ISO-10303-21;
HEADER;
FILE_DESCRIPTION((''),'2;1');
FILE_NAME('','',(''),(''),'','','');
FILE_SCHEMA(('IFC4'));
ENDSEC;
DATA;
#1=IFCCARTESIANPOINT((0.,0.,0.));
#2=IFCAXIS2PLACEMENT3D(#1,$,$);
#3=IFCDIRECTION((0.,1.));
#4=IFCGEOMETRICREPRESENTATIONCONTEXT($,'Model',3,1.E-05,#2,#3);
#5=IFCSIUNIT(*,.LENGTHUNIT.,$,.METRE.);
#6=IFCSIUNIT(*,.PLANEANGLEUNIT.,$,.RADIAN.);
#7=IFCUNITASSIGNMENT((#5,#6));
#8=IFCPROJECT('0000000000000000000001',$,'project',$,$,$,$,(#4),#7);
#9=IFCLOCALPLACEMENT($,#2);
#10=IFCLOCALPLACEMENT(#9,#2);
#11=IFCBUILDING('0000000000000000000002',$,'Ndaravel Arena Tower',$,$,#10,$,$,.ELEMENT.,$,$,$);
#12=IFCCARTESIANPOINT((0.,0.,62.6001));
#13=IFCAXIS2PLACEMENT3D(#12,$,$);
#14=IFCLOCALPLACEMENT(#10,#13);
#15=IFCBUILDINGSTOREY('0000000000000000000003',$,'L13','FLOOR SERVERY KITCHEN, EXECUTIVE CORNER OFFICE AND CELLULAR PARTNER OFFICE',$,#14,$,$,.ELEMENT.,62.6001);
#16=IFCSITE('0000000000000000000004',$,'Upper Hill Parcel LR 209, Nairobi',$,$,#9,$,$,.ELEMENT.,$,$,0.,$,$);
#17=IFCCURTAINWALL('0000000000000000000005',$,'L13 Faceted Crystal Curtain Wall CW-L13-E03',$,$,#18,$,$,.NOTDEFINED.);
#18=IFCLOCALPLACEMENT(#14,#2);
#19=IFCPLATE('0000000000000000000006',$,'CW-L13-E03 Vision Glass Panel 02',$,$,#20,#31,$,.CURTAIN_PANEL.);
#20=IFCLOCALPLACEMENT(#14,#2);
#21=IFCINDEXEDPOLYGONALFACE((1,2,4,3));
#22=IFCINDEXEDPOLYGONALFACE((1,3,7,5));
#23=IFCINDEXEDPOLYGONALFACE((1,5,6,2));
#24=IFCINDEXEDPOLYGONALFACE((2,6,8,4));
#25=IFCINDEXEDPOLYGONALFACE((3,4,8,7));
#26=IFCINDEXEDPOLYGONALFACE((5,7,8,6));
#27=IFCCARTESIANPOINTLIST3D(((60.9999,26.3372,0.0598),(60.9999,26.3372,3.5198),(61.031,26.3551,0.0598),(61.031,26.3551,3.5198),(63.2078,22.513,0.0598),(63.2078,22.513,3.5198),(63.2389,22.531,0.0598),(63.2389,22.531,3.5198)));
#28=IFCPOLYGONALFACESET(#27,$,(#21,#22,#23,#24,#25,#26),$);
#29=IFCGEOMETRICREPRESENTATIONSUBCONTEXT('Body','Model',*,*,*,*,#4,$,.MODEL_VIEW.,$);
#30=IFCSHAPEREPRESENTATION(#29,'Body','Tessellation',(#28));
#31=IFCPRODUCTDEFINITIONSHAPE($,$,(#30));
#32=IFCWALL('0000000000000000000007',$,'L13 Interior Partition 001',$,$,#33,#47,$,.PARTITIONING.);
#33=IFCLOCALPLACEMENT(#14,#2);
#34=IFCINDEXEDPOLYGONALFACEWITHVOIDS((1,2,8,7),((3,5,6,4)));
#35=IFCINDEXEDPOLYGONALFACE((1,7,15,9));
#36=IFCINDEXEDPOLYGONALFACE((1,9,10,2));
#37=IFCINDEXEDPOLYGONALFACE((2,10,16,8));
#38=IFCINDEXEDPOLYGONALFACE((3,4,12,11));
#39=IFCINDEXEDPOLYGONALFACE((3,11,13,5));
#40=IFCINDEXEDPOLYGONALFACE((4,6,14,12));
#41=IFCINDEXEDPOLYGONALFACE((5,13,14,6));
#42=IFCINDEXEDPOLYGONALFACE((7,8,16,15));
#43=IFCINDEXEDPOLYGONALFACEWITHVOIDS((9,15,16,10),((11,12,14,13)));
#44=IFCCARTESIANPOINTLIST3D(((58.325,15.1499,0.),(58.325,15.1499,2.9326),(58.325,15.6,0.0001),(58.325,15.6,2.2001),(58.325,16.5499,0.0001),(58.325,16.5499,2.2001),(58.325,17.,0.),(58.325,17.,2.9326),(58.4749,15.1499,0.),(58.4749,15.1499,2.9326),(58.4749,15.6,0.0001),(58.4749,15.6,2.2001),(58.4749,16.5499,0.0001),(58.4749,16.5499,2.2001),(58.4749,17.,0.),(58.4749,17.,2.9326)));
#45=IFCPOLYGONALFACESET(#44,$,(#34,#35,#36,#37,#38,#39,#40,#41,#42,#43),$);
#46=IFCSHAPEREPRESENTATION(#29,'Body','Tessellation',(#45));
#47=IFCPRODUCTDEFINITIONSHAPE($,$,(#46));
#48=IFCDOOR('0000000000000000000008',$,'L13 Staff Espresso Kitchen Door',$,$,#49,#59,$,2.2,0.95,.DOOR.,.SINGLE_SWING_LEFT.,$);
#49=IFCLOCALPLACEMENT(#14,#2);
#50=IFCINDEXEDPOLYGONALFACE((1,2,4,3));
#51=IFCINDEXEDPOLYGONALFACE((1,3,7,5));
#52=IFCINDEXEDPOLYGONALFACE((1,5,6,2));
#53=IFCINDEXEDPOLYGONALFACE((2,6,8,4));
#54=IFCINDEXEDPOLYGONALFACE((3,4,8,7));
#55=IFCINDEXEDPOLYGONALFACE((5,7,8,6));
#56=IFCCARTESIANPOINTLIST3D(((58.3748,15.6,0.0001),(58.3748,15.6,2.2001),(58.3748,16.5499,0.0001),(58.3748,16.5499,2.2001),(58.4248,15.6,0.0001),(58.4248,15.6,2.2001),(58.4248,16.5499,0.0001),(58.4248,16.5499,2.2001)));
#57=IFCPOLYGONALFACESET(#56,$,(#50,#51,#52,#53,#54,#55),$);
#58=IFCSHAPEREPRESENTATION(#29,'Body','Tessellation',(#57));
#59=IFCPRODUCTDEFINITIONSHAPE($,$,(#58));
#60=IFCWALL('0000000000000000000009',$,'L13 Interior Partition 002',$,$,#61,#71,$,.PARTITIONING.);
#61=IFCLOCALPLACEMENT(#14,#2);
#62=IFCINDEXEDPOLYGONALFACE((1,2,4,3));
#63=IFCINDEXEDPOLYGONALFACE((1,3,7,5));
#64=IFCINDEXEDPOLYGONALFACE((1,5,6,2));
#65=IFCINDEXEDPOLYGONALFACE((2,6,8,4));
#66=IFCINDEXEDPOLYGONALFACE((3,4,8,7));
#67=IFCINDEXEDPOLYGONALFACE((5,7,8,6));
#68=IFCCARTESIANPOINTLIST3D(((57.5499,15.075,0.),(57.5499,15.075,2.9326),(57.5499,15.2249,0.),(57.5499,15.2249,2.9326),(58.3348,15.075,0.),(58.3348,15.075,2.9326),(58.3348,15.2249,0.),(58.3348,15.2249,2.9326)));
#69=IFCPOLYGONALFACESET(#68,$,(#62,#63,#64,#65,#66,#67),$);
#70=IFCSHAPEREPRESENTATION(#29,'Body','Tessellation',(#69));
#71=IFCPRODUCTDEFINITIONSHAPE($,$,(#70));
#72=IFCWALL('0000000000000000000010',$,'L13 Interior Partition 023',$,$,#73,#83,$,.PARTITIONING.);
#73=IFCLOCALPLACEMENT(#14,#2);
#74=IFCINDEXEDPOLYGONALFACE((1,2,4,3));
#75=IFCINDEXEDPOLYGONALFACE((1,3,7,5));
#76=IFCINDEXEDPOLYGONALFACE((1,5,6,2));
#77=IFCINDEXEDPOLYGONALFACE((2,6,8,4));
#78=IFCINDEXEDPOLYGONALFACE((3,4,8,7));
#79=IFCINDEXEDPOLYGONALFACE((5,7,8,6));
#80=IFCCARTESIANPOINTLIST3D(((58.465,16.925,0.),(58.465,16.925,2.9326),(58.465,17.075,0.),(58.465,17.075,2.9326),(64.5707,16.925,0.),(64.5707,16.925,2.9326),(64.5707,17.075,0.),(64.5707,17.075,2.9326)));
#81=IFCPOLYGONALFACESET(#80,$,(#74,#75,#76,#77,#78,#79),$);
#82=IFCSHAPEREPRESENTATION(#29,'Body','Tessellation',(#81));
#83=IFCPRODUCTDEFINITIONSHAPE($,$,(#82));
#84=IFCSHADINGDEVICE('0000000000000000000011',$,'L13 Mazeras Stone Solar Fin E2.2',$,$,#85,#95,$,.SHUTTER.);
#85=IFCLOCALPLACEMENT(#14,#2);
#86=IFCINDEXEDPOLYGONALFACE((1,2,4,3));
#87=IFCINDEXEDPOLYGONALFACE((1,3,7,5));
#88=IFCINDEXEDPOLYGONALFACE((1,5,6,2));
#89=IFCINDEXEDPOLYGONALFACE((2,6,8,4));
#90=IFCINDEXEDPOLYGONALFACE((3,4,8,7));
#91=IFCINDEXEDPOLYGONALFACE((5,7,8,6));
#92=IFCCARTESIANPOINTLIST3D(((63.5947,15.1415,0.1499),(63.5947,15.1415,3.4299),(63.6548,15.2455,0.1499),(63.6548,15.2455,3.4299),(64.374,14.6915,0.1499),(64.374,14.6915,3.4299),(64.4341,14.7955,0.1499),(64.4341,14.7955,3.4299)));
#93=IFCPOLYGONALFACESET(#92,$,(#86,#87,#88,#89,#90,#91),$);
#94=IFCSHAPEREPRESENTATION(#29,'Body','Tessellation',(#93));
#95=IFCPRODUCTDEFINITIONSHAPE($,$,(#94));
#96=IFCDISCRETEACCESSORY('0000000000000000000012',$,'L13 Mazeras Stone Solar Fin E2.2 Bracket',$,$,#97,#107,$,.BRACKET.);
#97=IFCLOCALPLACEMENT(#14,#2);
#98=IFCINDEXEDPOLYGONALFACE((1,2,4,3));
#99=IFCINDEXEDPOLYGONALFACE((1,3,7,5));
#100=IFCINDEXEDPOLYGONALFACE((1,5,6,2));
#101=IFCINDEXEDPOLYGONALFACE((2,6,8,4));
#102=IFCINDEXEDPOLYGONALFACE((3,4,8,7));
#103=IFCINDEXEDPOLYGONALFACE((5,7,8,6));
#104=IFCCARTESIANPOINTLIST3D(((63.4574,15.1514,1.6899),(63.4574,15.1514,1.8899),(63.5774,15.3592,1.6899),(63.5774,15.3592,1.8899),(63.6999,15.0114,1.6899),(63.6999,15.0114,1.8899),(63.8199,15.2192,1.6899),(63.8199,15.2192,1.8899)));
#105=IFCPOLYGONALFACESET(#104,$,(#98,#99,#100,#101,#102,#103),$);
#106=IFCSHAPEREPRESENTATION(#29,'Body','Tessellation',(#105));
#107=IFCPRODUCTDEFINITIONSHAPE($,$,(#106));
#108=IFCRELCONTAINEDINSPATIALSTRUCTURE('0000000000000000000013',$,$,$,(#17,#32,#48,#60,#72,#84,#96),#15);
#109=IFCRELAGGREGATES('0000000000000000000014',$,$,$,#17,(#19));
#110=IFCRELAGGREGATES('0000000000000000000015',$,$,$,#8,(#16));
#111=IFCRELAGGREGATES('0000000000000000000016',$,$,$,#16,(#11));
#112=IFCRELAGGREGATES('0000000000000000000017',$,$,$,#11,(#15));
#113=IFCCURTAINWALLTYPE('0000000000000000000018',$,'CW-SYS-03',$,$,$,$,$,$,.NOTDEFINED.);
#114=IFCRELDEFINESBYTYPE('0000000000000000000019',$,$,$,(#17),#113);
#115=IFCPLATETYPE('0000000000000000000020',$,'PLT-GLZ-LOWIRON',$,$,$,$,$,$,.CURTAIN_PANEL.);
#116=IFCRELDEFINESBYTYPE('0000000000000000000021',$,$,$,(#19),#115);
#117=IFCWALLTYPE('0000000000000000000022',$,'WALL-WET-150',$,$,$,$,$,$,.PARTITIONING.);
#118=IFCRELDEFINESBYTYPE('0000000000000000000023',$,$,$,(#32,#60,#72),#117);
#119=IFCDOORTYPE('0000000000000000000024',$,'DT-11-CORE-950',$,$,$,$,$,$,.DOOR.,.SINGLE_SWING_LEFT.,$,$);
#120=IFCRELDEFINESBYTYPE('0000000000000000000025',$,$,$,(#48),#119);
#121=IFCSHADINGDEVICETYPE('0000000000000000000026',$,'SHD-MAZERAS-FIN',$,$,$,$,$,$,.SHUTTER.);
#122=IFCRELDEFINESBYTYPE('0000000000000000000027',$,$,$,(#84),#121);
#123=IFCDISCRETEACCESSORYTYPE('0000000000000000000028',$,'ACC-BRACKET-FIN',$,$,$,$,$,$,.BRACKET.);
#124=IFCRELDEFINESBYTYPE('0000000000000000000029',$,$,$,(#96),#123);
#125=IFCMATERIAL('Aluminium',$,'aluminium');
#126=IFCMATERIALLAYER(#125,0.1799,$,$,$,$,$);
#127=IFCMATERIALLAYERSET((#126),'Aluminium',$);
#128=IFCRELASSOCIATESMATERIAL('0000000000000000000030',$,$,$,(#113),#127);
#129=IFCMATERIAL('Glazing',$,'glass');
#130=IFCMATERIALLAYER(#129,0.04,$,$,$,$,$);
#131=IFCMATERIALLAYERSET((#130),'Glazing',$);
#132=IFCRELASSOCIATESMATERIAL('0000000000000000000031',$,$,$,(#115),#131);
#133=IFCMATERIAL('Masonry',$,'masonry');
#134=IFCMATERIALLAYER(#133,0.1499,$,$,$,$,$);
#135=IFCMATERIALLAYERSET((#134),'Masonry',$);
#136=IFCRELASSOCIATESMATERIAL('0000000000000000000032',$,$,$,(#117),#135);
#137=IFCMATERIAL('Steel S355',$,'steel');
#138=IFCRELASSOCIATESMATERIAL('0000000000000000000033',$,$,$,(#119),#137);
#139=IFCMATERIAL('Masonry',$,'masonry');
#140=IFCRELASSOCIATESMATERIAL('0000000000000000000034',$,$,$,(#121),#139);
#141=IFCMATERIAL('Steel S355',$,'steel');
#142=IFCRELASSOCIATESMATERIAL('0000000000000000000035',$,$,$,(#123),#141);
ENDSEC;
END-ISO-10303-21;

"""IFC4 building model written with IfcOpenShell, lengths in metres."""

from ifc_helpers import new_model, si_unit, direction, frame, frame_2d, origin, origin_2d, place, context, subcontext, project, spatial, rectangle, extrude, material, layer, layer_set, type_object, element, fill, aggregate, save


model = new_model("IFC4")

# Units and contexts
model_context = context("Model", 3, precision=1e-05, world=origin(), true_north=direction((0.0, 1.0)))
body_context = subcontext(model_context, "Body", "Model", "MODEL_VIEW")
ifc_project = project(units=[si_unit("LENGTHUNIT", "METRE"), si_unit("PLANEANGLEUNIT", "RADIAN")], contexts=[model_context])

# Site, building, storey
site_placement = place(None, origin())
site = spatial("IfcSite", under=ifc_project, at=site_placement, Name="Upper Hill Parcel LR 209, Nairobi", CompositionType="ELEMENT", RefElevation=0.0)
building_placement = place(site_placement, origin())
building = spatial("IfcBuilding", under=site, at=building_placement, Name="Ndaravel Arena Tower", CompositionType="ELEMENT")
storey_placement = place(building_placement, frame((0.0, 0.0, 62.6001)))
storey = spatial("IfcBuildingStorey", under=building, at=storey_placement, Name="L13", Description="FLOOR SERVERY KITCHEN, EXECUTIVE CORNER OFFICE AND CELLULAR PARTNER OFFICE", CompositionType="ELEMENT", Elevation=62.6001)

# Curtain wall
ifc_material_1 = material(Name="Aluminium", Category="aluminium")
ifc_layer_1 = layer(ifc_material_1, 0.1799)
ifc_layer_set_1 = layer_set([ifc_layer_1], Name="Aluminium")
curtain_wall_type_1 = type_object("IfcCurtainWallType", Name="CW-SYS-03", PredefinedType="NOTDEFINED", material=ifc_layer_set_1)
curtain_wall_1_placement = place(storey_placement, origin())
curtain_wall_1 = element("IfcCurtainWall", 1, at=curtain_wall_1_placement, inside=storey, type_object=curtain_wall_type_1, Name="L13 Faceted Crystal Curtain Wall CW-L13-E03", PredefinedType="NOTDEFINED")

# Plate
ifc_material_2 = material(Name="Glazing", Category="glass")
ifc_layer_2 = layer(ifc_material_2, 0.04)
ifc_layer_set_2 = layer_set([ifc_layer_2], Name="Glazing")
plate_type_1 = type_object("IfcPlateType", Name="PLT-GLZ-LOWIRON", PredefinedType="CURTAIN_PANEL", material=ifc_layer_set_2)
plate_1_placement = place(storey_placement, frame((62.1194, 24.4341, 0.0598), z_axis=(0.0, 0.0, 1.0), x_axis=(-0.5, 0.866025, 0.0)))
plate_1 = element("IfcPlate", 2, at=plate_1_placement, type_object=plate_type_1, Name="CW-L13-E03 Vision Glass Panel 02", PredefinedType="CURTAIN_PANEL", context=body_context, shape_type="SweptSolid", body=[
    extrude(rectangle(XDim=4.4158, YDim=0.0359, at=origin_2d()), origin(), (0.0, 0.0, 1.0), 3.46),
])
aggregate(curtain_wall_1, [plate_1])

# Wall, opening, door
ifc_material_3 = material(Name="Masonry", Category="masonry")
ifc_layer_3 = layer(ifc_material_3, 0.1499)
ifc_layer_set_3 = layer_set([ifc_layer_3], Name="Masonry")
wall_type = type_object("IfcWallType", Name="WALL-WET-150", PredefinedType="PARTITIONING", material=ifc_layer_set_3)
wall_1_placement = place(storey_placement, frame((58.3999, 17.0, 0.0), z_axis=(0.0, 0.0, 1.0), x_axis=(0.0, -1.0, 0.0)))
wall_1 = element("IfcWall", 3, at=wall_1_placement, inside=storey, type_object=wall_type, Name="L13 Interior Partition 001", PredefinedType="PARTITIONING", context=body_context, shape_type="SweptSolid", body=[
    extrude(rectangle(XDim=1.8501, YDim=0.1499, at=frame_2d((0.925, 0.0))), origin(), (0.0, 0.0, 1.0), 2.9326),
])
opening_placement = place(wall_1_placement, frame((0.45, 0.0, 0.0)))
opening = element("IfcOpeningElement", 4, at=opening_placement, cuts=wall_1, PredefinedType="OPENING", context=body_context, shape_type="SweptSolid", body=[
    extrude(rectangle(XDim=0.95, YDim=2.2, at=frame_2d((0.4751, 1.1001))), frame((0.0, 0.075, 0.0), z_axis=(0.0, -1.0, 0.0), x_axis=(1.0, 0.0, 0.0)), (0.0, 0.0, 1.0), 0.1499),
])
ifc_material_4 = material(Name="Steel S355", Category="steel")
door_type = type_object("IfcDoorType", Name="DT-11-CORE-950", OperationType="SINGLE_SWING_LEFT", PredefinedType="DOOR", material=ifc_material_4)
door_placement = place(opening_placement, origin())
door = element("IfcDoor", 5, at=door_placement, inside=storey, type_object=door_type, Name="L13 Staff Espresso Kitchen Door", OperationType="SINGLE_SWING_LEFT", OverallHeight=2.2, OverallWidth=0.95, PredefinedType="DOOR", context=body_context, shape_type="SweptSolid", body=[
    extrude(rectangle(XDim=0.95, YDim=2.2, at=frame_2d((0.4751, 1.1001))), frame((0.0, 0.0249, 0.0), z_axis=(0.0, -1.0, 0.0), x_axis=(1.0, 0.0, 0.0)), (0.0, 0.0, 1.0), 0.05),
])
fill(opening, door)

# Walls
wall_2_placement = place(storey_placement, frame((58.335, 15.1499, 0.0), z_axis=(0.0, 0.0, 1.0), x_axis=(-1.0, 0.0, 0.0)))
element("IfcWall", 6, at=wall_2_placement, inside=storey, type_object=wall_type, Name="L13 Interior Partition 002", PredefinedType="PARTITIONING", context=body_context, shape_type="SweptSolid", body=[
    extrude(rectangle(XDim=0.7849, YDim=0.1499, at=frame_2d((0.3926, 0.0))), origin(), (0.0, 0.0, 1.0), 2.9326),
])
wall_3_placement = place(storey_placement, frame((58.4651, 17.0, 0.0), z_axis=(0.0, 0.0, 1.0), x_axis=(1.0, 0.0, 0.0)))
element("IfcWall", 7, at=wall_3_placement, inside=storey, type_object=wall_type, Name="L13 Interior Partition 023", PredefinedType="PARTITIONING", context=body_context, shape_type="SweptSolid", body=[
    extrude(rectangle(XDim=6.1057, YDim=0.1499, at=frame_2d((3.0527, 0.0))), origin(), (0.0, 0.0, 1.0), 2.9326),
])

# Shading device
ifc_material_5 = material(Name="Masonry", Category="masonry")
shading_device_type = type_object("IfcShadingDeviceType", Name="SHD-MAZERAS-FIN", PredefinedType="SHUTTER", material=ifc_material_5)
shading_device_placement = place(storey_placement, frame((64.0144, 14.9685, 0.1499), z_axis=(0.0, 0.0, 1.0), x_axis=(0.866025, -0.5, 0.0)))
element("IfcShadingDevice", 8, at=shading_device_placement, inside=storey, type_object=shading_device_type, Name="L13 Mazeras Stone Solar Fin E2.2", PredefinedType="SHUTTER", context=body_context, shape_type="SweptSolid", body=[
    extrude(rectangle(XDim=0.8999, YDim=0.1201, at=origin_2d()), origin(), (0.0, 0.0, 1.0), 3.28),
])

# Discrete accessory
ifc_material_6 = material(Name="Steel S355", Category="steel")
discrete_accessory_type = type_object("IfcDiscreteAccessoryType", Name="ACC-BRACKET-FIN", PredefinedType="BRACKET", material=ifc_material_6)
discrete_accessory_placement = place(storey_placement, frame((63.6387, 15.1853, 1.6899), z_axis=(0.0, 0.0, 1.0), x_axis=(0.866025, -0.5, 0.0)))
element("IfcDiscreteAccessory", 9, at=discrete_accessory_placement, inside=storey, type_object=discrete_accessory_type, Name="L13 Mazeras Stone Solar Fin E2.2 Bracket", PredefinedType="BRACKET", context=body_context, shape_type="SweptSolid", body=[
    extrude(rectangle(XDim=0.28, YDim=0.24, at=origin_2d()), origin(), (0.0, 0.0, 1.0), 0.2),
])

save(model, "model.ifc")
